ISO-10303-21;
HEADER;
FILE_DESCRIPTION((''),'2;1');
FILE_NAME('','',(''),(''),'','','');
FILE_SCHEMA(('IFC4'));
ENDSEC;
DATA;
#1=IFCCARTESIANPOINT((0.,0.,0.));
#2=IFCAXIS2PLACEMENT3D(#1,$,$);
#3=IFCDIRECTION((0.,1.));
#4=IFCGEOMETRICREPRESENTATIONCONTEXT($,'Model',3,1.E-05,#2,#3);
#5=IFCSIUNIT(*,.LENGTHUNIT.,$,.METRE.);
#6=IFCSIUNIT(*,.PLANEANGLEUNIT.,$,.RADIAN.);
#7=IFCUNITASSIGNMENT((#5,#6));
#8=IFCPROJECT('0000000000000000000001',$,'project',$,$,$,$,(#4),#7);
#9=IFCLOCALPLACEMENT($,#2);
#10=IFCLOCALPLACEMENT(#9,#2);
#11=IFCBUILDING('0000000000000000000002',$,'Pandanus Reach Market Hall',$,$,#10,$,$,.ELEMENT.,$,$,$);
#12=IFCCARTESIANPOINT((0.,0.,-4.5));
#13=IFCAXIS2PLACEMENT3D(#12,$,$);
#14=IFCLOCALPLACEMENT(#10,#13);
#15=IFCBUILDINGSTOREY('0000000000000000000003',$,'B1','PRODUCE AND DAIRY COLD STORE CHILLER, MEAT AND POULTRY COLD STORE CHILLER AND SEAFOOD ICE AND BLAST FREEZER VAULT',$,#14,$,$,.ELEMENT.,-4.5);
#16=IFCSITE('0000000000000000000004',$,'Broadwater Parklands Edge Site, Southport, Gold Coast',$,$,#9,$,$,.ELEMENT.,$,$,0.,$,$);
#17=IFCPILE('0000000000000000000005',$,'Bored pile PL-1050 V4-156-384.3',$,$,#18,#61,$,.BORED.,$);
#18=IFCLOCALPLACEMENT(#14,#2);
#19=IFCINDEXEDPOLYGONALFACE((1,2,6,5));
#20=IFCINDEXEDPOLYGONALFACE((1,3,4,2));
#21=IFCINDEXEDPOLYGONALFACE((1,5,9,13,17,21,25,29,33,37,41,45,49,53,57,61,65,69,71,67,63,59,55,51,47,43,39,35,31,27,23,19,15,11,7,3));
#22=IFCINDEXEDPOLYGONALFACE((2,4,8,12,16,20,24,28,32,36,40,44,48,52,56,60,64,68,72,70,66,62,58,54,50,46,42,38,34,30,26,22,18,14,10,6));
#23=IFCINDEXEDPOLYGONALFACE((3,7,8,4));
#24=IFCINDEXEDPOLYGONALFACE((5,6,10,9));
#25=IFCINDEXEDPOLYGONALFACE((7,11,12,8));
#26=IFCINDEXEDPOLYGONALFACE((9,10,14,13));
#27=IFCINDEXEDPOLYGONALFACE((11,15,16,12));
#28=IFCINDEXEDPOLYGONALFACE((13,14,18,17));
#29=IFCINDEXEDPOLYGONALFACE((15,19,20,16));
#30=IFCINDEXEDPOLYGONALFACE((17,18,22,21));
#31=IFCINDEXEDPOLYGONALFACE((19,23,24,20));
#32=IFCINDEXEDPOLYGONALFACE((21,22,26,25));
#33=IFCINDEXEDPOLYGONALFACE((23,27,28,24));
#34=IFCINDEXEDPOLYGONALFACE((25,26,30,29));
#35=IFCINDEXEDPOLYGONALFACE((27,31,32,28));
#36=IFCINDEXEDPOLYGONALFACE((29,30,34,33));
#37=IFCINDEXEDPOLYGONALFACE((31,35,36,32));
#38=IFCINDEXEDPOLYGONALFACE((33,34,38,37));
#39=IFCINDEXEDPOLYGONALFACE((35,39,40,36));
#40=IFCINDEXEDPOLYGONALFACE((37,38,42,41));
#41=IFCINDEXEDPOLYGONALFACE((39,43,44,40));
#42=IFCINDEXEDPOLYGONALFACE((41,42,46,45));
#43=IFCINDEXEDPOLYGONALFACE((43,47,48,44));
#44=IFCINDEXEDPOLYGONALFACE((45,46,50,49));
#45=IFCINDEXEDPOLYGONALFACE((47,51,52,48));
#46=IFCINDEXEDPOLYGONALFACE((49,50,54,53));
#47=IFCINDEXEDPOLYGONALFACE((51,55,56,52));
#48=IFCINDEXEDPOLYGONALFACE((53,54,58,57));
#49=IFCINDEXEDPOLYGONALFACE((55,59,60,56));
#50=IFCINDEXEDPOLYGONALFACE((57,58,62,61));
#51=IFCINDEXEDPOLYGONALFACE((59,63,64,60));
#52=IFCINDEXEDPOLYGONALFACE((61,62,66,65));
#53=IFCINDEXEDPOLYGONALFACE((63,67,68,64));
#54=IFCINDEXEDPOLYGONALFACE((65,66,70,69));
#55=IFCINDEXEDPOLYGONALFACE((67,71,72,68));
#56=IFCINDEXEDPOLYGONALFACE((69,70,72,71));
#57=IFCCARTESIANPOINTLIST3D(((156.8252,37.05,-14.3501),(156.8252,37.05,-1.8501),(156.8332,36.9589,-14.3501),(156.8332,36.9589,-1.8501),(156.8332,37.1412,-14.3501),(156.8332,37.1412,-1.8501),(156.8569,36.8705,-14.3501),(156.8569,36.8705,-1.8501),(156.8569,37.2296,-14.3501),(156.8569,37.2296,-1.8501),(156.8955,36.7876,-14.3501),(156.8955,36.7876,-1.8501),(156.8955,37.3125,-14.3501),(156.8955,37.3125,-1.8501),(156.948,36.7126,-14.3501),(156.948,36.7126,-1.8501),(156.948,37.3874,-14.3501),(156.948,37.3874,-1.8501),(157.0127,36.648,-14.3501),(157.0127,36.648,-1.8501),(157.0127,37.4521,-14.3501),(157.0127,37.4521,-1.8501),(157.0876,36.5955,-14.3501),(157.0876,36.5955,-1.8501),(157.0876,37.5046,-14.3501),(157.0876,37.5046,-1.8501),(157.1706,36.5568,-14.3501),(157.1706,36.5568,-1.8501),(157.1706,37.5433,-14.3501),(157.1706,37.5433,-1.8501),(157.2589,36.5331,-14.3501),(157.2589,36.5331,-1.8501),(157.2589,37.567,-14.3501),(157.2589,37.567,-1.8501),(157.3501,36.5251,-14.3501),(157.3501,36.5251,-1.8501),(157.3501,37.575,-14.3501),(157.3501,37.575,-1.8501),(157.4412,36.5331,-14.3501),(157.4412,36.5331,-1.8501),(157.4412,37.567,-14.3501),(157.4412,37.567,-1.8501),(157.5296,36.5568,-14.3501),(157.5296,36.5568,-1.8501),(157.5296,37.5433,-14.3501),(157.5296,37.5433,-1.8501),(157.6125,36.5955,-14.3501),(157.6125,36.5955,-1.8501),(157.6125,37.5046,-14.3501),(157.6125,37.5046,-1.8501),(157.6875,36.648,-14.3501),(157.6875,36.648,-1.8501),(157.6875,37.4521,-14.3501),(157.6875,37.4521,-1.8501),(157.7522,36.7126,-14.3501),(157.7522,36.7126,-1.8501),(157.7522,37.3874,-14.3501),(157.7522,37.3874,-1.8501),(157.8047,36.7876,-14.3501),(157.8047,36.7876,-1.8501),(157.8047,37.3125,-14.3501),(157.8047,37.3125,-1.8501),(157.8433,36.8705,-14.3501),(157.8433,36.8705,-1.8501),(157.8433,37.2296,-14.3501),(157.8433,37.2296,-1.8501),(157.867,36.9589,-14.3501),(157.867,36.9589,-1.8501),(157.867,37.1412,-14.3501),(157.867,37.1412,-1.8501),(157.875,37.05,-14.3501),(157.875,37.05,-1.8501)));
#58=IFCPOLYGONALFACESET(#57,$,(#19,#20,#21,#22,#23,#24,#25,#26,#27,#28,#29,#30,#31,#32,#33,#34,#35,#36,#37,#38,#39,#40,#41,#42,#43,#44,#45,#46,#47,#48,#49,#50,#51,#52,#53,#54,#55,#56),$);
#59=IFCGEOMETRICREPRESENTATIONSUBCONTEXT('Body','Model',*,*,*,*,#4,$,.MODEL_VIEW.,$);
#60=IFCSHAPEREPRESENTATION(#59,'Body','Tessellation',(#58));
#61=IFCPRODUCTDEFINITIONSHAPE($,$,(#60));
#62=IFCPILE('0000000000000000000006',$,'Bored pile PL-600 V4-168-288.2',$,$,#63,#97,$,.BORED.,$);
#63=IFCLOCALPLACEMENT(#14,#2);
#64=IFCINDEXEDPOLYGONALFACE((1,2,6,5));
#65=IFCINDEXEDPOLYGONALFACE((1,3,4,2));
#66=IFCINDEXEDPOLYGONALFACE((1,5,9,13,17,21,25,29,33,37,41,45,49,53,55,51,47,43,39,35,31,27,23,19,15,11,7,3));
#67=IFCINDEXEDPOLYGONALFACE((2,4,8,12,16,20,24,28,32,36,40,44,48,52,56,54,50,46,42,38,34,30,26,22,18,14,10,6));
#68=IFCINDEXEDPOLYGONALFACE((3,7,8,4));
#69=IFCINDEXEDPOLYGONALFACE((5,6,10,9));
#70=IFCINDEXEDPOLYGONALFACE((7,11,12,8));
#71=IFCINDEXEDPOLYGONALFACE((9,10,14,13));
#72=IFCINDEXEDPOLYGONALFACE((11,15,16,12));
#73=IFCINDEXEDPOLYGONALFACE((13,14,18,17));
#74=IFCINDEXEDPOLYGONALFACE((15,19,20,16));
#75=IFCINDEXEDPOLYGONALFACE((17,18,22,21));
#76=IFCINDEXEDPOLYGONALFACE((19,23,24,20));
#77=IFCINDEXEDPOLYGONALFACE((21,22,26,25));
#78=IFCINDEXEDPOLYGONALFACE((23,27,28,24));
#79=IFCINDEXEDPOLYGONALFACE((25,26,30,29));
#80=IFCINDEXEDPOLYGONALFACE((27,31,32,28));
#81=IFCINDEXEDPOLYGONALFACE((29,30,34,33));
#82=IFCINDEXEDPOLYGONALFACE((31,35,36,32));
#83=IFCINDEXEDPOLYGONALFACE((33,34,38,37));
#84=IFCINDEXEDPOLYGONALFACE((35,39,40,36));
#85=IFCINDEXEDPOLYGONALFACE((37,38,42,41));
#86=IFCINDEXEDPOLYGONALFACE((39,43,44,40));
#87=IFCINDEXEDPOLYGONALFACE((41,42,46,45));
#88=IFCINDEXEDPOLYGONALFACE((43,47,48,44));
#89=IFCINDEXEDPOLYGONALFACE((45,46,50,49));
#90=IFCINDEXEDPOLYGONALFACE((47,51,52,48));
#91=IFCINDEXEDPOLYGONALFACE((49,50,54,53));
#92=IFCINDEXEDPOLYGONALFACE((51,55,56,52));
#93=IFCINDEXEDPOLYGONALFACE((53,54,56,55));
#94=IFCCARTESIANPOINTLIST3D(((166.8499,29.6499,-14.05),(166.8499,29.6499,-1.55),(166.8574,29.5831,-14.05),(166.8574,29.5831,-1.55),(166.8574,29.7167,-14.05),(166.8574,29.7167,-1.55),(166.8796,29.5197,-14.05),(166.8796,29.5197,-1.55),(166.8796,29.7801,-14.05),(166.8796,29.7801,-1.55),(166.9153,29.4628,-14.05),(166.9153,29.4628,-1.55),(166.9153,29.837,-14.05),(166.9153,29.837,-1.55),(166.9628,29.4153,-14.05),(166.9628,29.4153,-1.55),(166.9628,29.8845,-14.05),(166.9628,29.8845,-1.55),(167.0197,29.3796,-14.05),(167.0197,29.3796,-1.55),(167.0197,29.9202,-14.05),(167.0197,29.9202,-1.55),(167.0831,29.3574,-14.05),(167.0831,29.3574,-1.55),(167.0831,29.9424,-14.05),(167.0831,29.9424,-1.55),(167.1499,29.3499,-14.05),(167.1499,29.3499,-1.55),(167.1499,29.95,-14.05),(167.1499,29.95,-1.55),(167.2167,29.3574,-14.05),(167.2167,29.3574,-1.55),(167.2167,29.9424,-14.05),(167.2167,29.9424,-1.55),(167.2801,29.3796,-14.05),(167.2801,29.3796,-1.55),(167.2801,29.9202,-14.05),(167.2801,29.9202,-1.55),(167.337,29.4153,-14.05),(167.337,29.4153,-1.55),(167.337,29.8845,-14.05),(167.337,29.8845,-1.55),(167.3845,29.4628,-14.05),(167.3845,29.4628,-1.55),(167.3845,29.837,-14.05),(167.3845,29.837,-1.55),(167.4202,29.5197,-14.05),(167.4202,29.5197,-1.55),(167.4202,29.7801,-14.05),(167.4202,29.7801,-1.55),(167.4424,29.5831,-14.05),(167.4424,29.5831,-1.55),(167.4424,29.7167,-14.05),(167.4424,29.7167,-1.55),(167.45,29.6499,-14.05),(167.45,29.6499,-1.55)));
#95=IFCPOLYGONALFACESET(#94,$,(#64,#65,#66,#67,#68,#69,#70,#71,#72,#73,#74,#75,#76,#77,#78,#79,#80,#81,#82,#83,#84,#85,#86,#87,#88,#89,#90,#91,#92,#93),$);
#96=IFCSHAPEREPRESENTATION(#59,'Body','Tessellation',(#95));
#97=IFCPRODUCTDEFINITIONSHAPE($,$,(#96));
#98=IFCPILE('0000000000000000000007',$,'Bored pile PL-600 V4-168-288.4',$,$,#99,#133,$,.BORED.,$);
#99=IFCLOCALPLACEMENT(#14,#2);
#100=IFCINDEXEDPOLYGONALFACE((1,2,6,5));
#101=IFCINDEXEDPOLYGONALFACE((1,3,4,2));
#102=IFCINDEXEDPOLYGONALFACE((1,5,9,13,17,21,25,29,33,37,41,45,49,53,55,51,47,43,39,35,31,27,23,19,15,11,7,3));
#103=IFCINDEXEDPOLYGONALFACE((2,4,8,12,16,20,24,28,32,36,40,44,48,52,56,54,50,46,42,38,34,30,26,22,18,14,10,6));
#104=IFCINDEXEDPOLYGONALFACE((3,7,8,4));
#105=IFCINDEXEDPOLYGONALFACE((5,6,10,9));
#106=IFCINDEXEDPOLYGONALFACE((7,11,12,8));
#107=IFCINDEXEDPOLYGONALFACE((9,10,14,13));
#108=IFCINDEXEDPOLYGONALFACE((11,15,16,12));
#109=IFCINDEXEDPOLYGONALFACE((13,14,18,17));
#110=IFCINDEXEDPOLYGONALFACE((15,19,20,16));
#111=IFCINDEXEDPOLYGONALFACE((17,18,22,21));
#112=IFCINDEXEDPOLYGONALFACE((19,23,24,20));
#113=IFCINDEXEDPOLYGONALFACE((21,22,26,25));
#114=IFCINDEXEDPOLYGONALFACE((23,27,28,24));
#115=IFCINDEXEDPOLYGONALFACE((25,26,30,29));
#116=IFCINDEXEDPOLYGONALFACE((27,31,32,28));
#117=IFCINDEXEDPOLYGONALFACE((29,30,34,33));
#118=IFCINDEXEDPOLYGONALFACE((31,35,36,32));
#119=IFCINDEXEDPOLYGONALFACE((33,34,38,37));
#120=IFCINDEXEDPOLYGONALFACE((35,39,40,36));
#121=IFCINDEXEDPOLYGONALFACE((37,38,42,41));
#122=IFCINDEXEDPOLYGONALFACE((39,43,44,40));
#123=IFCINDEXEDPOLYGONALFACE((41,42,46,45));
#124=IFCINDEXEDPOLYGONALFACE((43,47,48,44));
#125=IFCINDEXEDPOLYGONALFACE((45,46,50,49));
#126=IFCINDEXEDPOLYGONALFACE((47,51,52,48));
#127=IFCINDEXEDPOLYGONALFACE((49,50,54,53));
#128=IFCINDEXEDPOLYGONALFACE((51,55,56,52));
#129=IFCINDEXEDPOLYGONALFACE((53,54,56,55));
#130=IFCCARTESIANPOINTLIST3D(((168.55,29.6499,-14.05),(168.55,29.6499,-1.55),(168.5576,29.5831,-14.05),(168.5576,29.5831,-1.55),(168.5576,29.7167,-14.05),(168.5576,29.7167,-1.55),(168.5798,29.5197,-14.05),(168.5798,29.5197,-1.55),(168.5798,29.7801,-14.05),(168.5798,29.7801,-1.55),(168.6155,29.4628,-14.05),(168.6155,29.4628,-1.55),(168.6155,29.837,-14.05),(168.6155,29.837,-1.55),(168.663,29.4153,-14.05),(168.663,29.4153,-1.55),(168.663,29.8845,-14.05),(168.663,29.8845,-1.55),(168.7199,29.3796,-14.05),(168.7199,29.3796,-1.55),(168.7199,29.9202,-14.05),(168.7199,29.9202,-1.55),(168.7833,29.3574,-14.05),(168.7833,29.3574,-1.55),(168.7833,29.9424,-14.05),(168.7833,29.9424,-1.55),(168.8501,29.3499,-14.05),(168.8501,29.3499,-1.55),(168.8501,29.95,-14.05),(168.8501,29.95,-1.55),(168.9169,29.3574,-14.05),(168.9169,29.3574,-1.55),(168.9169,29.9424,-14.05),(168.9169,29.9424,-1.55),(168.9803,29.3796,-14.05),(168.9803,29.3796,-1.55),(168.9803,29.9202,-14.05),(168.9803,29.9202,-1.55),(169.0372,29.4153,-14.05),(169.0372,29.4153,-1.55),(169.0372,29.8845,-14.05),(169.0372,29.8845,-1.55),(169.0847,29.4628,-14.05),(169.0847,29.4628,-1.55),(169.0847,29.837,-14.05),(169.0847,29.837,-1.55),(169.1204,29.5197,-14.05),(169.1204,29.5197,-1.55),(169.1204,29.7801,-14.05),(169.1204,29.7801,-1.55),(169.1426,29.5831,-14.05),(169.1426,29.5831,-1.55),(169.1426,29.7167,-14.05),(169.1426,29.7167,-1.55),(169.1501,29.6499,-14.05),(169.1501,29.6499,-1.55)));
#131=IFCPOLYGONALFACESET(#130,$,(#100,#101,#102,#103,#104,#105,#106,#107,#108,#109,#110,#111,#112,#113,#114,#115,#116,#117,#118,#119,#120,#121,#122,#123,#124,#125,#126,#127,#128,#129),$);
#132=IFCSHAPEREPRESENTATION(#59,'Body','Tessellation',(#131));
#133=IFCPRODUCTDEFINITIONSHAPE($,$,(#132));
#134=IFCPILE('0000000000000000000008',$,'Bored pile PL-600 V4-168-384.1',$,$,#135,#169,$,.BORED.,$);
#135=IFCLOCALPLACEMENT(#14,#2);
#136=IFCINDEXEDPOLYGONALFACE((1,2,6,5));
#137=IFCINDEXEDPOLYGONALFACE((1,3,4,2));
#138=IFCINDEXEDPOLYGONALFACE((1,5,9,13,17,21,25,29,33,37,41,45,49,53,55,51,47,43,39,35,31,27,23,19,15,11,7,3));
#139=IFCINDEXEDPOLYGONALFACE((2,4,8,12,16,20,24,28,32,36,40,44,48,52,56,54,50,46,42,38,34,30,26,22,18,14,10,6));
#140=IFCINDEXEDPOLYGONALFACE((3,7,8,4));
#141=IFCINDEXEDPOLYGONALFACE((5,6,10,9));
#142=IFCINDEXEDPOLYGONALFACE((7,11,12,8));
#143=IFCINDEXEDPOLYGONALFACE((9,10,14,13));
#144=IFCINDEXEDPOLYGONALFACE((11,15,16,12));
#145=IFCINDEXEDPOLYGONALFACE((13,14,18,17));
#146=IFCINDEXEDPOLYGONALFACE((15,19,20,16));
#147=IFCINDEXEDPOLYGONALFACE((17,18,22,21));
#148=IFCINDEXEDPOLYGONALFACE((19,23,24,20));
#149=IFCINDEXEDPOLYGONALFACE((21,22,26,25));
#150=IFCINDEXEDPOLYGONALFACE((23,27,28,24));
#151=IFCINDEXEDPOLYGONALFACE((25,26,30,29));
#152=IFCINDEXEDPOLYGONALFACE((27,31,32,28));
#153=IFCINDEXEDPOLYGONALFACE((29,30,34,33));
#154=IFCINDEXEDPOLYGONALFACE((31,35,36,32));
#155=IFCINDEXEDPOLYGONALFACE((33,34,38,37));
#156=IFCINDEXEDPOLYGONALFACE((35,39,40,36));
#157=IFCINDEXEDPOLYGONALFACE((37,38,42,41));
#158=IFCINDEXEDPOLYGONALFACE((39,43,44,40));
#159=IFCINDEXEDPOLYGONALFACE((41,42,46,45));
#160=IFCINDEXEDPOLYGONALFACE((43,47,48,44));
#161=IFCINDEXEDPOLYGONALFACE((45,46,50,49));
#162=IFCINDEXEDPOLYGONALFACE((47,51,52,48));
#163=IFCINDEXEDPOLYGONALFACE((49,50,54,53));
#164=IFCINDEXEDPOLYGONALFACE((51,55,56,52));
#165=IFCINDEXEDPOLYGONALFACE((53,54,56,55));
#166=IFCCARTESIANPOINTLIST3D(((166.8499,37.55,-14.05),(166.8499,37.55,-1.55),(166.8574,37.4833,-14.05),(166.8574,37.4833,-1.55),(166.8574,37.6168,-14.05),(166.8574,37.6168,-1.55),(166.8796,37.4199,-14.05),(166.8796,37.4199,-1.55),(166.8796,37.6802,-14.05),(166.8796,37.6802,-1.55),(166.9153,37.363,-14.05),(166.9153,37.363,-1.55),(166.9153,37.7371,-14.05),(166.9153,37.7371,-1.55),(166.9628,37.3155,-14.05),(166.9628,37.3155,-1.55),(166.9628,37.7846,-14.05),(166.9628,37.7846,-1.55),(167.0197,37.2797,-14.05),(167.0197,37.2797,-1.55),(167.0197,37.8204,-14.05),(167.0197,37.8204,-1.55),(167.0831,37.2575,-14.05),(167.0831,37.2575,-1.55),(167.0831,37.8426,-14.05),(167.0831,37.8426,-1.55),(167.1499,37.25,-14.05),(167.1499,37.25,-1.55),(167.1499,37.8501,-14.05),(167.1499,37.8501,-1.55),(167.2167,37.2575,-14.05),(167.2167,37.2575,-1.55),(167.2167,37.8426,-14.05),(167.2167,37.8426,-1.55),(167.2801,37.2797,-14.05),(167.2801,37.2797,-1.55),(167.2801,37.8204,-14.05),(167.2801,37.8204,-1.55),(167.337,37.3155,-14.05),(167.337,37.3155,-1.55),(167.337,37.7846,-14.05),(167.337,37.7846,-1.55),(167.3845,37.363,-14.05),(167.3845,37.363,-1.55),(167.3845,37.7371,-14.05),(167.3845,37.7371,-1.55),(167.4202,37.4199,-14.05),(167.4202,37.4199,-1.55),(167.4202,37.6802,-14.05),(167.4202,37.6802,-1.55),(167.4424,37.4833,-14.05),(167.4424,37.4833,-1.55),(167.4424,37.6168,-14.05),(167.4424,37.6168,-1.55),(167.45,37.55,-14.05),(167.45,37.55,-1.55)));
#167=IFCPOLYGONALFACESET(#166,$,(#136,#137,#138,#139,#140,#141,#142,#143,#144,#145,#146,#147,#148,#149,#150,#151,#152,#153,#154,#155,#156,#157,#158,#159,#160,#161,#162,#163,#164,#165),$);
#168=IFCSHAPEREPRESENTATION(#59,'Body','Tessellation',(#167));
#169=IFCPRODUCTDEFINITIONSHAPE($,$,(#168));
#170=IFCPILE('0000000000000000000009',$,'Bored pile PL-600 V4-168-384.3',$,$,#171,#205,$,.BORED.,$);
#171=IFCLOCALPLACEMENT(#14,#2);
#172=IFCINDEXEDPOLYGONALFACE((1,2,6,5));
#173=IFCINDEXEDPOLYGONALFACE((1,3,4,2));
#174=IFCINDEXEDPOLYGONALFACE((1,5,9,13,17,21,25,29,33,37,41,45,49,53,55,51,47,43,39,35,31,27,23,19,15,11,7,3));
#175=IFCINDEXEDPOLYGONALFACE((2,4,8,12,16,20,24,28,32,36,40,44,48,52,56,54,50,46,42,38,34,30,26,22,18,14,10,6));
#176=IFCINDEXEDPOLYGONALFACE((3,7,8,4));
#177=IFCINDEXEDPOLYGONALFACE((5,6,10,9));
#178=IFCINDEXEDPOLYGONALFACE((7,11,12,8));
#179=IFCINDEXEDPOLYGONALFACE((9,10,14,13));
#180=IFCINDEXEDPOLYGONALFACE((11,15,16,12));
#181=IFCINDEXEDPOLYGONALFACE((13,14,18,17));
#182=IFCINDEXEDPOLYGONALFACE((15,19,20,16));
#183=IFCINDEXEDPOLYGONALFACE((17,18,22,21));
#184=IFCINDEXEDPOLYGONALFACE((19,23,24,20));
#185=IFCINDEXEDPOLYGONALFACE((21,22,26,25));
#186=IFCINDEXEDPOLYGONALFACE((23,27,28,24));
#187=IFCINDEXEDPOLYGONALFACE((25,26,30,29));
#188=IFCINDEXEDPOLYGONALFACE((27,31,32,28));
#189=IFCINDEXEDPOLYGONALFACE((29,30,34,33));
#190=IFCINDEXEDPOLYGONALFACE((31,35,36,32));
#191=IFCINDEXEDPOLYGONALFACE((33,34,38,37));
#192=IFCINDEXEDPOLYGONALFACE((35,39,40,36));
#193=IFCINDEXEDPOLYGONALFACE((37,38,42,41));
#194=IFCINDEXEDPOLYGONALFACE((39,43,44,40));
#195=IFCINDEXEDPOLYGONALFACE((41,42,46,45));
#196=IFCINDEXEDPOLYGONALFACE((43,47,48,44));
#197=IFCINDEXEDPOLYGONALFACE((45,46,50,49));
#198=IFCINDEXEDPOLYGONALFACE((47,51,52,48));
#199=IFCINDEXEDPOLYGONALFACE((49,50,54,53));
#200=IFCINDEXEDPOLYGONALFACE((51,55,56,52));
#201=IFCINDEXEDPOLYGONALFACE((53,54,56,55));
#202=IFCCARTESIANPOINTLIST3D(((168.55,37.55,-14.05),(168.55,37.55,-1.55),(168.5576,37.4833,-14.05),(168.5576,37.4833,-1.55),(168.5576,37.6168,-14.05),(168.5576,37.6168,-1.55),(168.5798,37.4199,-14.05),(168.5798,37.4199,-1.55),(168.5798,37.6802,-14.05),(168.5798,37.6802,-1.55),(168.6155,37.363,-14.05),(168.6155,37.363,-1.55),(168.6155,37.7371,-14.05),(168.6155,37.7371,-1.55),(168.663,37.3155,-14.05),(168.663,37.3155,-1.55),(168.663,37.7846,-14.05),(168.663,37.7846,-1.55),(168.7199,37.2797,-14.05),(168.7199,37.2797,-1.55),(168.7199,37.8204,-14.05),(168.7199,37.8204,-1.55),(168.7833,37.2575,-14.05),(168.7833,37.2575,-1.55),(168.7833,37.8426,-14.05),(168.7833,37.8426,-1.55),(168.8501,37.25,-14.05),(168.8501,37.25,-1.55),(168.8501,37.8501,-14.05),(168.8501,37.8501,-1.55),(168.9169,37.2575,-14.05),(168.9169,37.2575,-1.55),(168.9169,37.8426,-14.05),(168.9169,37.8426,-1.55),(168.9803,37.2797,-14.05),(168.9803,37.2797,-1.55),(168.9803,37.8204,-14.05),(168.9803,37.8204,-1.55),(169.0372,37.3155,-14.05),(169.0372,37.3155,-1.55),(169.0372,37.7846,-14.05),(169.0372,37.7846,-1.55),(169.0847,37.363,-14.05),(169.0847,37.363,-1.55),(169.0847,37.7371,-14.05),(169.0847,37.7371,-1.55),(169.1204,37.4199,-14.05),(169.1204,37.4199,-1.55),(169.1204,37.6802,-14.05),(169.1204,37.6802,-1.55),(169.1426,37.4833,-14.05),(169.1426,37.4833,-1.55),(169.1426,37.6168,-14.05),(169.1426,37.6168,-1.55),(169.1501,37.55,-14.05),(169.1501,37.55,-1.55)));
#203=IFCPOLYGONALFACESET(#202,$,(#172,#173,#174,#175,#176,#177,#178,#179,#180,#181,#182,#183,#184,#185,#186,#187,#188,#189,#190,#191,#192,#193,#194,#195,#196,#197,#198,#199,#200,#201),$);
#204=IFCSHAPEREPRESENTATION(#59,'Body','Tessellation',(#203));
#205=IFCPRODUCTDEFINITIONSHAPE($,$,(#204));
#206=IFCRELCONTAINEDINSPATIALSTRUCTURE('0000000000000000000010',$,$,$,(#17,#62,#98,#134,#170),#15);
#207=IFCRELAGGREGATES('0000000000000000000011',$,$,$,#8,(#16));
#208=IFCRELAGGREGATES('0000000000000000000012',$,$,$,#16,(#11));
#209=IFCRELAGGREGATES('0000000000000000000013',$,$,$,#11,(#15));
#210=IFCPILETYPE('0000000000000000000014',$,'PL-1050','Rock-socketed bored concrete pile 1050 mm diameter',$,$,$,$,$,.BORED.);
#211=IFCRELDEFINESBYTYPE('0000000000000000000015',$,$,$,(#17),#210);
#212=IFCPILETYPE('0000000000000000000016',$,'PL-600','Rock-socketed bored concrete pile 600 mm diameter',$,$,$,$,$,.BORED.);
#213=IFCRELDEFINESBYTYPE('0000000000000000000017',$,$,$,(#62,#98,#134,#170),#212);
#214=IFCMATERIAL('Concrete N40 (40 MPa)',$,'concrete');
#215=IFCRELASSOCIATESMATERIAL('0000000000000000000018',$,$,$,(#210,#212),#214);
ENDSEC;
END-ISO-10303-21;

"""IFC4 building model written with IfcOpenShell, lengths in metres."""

from ifc_helpers import new_model, si_unit, direction, frame, origin, origin_2d, place, context, subcontext, project, spatial, circle, extrude, material, material_profile, profile_set, type_object, element, save


model = new_model("IFC4")

# Units and contexts
model_context = context("Model", 3, precision=1e-05, world=origin(), true_north=direction((0.0, 1.0)))
body_context = subcontext(model_context, "Body", "Model", "MODEL_VIEW")
ifc_project = project(units=[si_unit("LENGTHUNIT", "METRE"), si_unit("PLANEANGLEUNIT", "RADIAN")], contexts=[model_context])

# Site, building, storey
site_placement = place(None, origin())
site = spatial("IfcSite", under=ifc_project, at=site_placement, Name="Broadwater Parklands Edge Site, Southport, Gold Coast", CompositionType="ELEMENT", RefElevation=0.0)
building_placement = place(site_placement, origin())
building = spatial("IfcBuilding", under=site, at=building_placement, Name="Pandanus Reach Market Hall", CompositionType="ELEMENT")
storey_placement = place(building_placement, frame((0.0, 0.0, -4.5)))
storey = spatial("IfcBuildingStorey", under=building, at=storey_placement, Name="B1", Description="PRODUCE AND DAIRY COLD STORE CHILLER, MEAT AND POULTRY COLD STORE CHILLER AND SEAFOOD ICE AND BLAST FREEZER VAULT", CompositionType="ELEMENT", Elevation=-4.5)

# Shared definitions
ifc_material_1 = material(Name="Concrete N40 (40 MPa)", Category="concrete")

# Piles
ifc_material_profile_1 = material_profile(ifc_material_1, circle(Radius=0.5249, at=origin_2d()), Name="PILE-1050D", Category="LoadBearing")
ifc_profile_set_1 = profile_set([ifc_material_profile_1], Name="Concrete N40 (40 MPa)")
pile_type_1 = type_object("IfcPileType", Name="PL-1050", Description="Rock-socketed bored concrete pile 1050 mm diameter", PredefinedType="BORED", material=ifc_profile_set_1)
for number, where, z_axis, x_axis, name in (
    (1, (157.3501, 37.05, -1.8501), (0.0, 0.0, -1.0), (1.0, 0.0, 0.0), "Bored pile PL-1050 V4-156-384.3"),
):
    element("IfcPile", number, at=place(storey_placement, frame(where, z_axis=z_axis, x_axis=x_axis)), inside=storey, type_object=pile_type_1, Name=name, PredefinedType="BORED", context=body_context, shape_type="SweptSolid", body=[
        extrude(circle(Radius=0.5249, at=origin_2d()), origin(), (0.0, 0.0, 1.0), 12.5),
    ])
ifc_material_profile_2 = material_profile(ifc_material_1, circle(Radius=0.3, at=origin_2d()), Name="PILE-600D", Category="LoadBearing")
ifc_profile_set_2 = profile_set([ifc_material_profile_2], Name="Concrete N40 (40 MPa)")
pile_type_2 = type_object("IfcPileType", Name="PL-600", Description="Rock-socketed bored concrete pile 600 mm diameter", PredefinedType="BORED", material=ifc_profile_set_2)
for number, where, z_axis, x_axis, name in (
    (2, (167.1499, 29.6499, -1.55), (0.0, 0.0, -1.0), (1.0, 0.0, 0.0), "Bored pile PL-600 V4-168-288.2"),
    (3, (168.8501, 29.6499, -1.55), (0.0, 0.0, -1.0), (1.0, 0.0, 0.0), "Bored pile PL-600 V4-168-288.4"),
    (4, (167.1499, 37.55, -1.55), (0.0, 0.0, -1.0), (1.0, 0.0, 0.0), "Bored pile PL-600 V4-168-384.1"),
    (5, (168.8501, 37.55, -1.55), (0.0, 0.0, -1.0), (1.0, 0.0, 0.0), "Bored pile PL-600 V4-168-384.3"),
):
    element("IfcPile", number, at=place(storey_placement, frame(where, z_axis=z_axis, x_axis=x_axis)), inside=storey, type_object=pile_type_2, Name=name, PredefinedType="BORED", context=body_context, shape_type="SweptSolid", body=[
        extrude(circle(Radius=0.3, at=origin_2d()), origin(), (0.0, 0.0, 1.0), 12.5),
    ])

save(model, "model.ifc")
